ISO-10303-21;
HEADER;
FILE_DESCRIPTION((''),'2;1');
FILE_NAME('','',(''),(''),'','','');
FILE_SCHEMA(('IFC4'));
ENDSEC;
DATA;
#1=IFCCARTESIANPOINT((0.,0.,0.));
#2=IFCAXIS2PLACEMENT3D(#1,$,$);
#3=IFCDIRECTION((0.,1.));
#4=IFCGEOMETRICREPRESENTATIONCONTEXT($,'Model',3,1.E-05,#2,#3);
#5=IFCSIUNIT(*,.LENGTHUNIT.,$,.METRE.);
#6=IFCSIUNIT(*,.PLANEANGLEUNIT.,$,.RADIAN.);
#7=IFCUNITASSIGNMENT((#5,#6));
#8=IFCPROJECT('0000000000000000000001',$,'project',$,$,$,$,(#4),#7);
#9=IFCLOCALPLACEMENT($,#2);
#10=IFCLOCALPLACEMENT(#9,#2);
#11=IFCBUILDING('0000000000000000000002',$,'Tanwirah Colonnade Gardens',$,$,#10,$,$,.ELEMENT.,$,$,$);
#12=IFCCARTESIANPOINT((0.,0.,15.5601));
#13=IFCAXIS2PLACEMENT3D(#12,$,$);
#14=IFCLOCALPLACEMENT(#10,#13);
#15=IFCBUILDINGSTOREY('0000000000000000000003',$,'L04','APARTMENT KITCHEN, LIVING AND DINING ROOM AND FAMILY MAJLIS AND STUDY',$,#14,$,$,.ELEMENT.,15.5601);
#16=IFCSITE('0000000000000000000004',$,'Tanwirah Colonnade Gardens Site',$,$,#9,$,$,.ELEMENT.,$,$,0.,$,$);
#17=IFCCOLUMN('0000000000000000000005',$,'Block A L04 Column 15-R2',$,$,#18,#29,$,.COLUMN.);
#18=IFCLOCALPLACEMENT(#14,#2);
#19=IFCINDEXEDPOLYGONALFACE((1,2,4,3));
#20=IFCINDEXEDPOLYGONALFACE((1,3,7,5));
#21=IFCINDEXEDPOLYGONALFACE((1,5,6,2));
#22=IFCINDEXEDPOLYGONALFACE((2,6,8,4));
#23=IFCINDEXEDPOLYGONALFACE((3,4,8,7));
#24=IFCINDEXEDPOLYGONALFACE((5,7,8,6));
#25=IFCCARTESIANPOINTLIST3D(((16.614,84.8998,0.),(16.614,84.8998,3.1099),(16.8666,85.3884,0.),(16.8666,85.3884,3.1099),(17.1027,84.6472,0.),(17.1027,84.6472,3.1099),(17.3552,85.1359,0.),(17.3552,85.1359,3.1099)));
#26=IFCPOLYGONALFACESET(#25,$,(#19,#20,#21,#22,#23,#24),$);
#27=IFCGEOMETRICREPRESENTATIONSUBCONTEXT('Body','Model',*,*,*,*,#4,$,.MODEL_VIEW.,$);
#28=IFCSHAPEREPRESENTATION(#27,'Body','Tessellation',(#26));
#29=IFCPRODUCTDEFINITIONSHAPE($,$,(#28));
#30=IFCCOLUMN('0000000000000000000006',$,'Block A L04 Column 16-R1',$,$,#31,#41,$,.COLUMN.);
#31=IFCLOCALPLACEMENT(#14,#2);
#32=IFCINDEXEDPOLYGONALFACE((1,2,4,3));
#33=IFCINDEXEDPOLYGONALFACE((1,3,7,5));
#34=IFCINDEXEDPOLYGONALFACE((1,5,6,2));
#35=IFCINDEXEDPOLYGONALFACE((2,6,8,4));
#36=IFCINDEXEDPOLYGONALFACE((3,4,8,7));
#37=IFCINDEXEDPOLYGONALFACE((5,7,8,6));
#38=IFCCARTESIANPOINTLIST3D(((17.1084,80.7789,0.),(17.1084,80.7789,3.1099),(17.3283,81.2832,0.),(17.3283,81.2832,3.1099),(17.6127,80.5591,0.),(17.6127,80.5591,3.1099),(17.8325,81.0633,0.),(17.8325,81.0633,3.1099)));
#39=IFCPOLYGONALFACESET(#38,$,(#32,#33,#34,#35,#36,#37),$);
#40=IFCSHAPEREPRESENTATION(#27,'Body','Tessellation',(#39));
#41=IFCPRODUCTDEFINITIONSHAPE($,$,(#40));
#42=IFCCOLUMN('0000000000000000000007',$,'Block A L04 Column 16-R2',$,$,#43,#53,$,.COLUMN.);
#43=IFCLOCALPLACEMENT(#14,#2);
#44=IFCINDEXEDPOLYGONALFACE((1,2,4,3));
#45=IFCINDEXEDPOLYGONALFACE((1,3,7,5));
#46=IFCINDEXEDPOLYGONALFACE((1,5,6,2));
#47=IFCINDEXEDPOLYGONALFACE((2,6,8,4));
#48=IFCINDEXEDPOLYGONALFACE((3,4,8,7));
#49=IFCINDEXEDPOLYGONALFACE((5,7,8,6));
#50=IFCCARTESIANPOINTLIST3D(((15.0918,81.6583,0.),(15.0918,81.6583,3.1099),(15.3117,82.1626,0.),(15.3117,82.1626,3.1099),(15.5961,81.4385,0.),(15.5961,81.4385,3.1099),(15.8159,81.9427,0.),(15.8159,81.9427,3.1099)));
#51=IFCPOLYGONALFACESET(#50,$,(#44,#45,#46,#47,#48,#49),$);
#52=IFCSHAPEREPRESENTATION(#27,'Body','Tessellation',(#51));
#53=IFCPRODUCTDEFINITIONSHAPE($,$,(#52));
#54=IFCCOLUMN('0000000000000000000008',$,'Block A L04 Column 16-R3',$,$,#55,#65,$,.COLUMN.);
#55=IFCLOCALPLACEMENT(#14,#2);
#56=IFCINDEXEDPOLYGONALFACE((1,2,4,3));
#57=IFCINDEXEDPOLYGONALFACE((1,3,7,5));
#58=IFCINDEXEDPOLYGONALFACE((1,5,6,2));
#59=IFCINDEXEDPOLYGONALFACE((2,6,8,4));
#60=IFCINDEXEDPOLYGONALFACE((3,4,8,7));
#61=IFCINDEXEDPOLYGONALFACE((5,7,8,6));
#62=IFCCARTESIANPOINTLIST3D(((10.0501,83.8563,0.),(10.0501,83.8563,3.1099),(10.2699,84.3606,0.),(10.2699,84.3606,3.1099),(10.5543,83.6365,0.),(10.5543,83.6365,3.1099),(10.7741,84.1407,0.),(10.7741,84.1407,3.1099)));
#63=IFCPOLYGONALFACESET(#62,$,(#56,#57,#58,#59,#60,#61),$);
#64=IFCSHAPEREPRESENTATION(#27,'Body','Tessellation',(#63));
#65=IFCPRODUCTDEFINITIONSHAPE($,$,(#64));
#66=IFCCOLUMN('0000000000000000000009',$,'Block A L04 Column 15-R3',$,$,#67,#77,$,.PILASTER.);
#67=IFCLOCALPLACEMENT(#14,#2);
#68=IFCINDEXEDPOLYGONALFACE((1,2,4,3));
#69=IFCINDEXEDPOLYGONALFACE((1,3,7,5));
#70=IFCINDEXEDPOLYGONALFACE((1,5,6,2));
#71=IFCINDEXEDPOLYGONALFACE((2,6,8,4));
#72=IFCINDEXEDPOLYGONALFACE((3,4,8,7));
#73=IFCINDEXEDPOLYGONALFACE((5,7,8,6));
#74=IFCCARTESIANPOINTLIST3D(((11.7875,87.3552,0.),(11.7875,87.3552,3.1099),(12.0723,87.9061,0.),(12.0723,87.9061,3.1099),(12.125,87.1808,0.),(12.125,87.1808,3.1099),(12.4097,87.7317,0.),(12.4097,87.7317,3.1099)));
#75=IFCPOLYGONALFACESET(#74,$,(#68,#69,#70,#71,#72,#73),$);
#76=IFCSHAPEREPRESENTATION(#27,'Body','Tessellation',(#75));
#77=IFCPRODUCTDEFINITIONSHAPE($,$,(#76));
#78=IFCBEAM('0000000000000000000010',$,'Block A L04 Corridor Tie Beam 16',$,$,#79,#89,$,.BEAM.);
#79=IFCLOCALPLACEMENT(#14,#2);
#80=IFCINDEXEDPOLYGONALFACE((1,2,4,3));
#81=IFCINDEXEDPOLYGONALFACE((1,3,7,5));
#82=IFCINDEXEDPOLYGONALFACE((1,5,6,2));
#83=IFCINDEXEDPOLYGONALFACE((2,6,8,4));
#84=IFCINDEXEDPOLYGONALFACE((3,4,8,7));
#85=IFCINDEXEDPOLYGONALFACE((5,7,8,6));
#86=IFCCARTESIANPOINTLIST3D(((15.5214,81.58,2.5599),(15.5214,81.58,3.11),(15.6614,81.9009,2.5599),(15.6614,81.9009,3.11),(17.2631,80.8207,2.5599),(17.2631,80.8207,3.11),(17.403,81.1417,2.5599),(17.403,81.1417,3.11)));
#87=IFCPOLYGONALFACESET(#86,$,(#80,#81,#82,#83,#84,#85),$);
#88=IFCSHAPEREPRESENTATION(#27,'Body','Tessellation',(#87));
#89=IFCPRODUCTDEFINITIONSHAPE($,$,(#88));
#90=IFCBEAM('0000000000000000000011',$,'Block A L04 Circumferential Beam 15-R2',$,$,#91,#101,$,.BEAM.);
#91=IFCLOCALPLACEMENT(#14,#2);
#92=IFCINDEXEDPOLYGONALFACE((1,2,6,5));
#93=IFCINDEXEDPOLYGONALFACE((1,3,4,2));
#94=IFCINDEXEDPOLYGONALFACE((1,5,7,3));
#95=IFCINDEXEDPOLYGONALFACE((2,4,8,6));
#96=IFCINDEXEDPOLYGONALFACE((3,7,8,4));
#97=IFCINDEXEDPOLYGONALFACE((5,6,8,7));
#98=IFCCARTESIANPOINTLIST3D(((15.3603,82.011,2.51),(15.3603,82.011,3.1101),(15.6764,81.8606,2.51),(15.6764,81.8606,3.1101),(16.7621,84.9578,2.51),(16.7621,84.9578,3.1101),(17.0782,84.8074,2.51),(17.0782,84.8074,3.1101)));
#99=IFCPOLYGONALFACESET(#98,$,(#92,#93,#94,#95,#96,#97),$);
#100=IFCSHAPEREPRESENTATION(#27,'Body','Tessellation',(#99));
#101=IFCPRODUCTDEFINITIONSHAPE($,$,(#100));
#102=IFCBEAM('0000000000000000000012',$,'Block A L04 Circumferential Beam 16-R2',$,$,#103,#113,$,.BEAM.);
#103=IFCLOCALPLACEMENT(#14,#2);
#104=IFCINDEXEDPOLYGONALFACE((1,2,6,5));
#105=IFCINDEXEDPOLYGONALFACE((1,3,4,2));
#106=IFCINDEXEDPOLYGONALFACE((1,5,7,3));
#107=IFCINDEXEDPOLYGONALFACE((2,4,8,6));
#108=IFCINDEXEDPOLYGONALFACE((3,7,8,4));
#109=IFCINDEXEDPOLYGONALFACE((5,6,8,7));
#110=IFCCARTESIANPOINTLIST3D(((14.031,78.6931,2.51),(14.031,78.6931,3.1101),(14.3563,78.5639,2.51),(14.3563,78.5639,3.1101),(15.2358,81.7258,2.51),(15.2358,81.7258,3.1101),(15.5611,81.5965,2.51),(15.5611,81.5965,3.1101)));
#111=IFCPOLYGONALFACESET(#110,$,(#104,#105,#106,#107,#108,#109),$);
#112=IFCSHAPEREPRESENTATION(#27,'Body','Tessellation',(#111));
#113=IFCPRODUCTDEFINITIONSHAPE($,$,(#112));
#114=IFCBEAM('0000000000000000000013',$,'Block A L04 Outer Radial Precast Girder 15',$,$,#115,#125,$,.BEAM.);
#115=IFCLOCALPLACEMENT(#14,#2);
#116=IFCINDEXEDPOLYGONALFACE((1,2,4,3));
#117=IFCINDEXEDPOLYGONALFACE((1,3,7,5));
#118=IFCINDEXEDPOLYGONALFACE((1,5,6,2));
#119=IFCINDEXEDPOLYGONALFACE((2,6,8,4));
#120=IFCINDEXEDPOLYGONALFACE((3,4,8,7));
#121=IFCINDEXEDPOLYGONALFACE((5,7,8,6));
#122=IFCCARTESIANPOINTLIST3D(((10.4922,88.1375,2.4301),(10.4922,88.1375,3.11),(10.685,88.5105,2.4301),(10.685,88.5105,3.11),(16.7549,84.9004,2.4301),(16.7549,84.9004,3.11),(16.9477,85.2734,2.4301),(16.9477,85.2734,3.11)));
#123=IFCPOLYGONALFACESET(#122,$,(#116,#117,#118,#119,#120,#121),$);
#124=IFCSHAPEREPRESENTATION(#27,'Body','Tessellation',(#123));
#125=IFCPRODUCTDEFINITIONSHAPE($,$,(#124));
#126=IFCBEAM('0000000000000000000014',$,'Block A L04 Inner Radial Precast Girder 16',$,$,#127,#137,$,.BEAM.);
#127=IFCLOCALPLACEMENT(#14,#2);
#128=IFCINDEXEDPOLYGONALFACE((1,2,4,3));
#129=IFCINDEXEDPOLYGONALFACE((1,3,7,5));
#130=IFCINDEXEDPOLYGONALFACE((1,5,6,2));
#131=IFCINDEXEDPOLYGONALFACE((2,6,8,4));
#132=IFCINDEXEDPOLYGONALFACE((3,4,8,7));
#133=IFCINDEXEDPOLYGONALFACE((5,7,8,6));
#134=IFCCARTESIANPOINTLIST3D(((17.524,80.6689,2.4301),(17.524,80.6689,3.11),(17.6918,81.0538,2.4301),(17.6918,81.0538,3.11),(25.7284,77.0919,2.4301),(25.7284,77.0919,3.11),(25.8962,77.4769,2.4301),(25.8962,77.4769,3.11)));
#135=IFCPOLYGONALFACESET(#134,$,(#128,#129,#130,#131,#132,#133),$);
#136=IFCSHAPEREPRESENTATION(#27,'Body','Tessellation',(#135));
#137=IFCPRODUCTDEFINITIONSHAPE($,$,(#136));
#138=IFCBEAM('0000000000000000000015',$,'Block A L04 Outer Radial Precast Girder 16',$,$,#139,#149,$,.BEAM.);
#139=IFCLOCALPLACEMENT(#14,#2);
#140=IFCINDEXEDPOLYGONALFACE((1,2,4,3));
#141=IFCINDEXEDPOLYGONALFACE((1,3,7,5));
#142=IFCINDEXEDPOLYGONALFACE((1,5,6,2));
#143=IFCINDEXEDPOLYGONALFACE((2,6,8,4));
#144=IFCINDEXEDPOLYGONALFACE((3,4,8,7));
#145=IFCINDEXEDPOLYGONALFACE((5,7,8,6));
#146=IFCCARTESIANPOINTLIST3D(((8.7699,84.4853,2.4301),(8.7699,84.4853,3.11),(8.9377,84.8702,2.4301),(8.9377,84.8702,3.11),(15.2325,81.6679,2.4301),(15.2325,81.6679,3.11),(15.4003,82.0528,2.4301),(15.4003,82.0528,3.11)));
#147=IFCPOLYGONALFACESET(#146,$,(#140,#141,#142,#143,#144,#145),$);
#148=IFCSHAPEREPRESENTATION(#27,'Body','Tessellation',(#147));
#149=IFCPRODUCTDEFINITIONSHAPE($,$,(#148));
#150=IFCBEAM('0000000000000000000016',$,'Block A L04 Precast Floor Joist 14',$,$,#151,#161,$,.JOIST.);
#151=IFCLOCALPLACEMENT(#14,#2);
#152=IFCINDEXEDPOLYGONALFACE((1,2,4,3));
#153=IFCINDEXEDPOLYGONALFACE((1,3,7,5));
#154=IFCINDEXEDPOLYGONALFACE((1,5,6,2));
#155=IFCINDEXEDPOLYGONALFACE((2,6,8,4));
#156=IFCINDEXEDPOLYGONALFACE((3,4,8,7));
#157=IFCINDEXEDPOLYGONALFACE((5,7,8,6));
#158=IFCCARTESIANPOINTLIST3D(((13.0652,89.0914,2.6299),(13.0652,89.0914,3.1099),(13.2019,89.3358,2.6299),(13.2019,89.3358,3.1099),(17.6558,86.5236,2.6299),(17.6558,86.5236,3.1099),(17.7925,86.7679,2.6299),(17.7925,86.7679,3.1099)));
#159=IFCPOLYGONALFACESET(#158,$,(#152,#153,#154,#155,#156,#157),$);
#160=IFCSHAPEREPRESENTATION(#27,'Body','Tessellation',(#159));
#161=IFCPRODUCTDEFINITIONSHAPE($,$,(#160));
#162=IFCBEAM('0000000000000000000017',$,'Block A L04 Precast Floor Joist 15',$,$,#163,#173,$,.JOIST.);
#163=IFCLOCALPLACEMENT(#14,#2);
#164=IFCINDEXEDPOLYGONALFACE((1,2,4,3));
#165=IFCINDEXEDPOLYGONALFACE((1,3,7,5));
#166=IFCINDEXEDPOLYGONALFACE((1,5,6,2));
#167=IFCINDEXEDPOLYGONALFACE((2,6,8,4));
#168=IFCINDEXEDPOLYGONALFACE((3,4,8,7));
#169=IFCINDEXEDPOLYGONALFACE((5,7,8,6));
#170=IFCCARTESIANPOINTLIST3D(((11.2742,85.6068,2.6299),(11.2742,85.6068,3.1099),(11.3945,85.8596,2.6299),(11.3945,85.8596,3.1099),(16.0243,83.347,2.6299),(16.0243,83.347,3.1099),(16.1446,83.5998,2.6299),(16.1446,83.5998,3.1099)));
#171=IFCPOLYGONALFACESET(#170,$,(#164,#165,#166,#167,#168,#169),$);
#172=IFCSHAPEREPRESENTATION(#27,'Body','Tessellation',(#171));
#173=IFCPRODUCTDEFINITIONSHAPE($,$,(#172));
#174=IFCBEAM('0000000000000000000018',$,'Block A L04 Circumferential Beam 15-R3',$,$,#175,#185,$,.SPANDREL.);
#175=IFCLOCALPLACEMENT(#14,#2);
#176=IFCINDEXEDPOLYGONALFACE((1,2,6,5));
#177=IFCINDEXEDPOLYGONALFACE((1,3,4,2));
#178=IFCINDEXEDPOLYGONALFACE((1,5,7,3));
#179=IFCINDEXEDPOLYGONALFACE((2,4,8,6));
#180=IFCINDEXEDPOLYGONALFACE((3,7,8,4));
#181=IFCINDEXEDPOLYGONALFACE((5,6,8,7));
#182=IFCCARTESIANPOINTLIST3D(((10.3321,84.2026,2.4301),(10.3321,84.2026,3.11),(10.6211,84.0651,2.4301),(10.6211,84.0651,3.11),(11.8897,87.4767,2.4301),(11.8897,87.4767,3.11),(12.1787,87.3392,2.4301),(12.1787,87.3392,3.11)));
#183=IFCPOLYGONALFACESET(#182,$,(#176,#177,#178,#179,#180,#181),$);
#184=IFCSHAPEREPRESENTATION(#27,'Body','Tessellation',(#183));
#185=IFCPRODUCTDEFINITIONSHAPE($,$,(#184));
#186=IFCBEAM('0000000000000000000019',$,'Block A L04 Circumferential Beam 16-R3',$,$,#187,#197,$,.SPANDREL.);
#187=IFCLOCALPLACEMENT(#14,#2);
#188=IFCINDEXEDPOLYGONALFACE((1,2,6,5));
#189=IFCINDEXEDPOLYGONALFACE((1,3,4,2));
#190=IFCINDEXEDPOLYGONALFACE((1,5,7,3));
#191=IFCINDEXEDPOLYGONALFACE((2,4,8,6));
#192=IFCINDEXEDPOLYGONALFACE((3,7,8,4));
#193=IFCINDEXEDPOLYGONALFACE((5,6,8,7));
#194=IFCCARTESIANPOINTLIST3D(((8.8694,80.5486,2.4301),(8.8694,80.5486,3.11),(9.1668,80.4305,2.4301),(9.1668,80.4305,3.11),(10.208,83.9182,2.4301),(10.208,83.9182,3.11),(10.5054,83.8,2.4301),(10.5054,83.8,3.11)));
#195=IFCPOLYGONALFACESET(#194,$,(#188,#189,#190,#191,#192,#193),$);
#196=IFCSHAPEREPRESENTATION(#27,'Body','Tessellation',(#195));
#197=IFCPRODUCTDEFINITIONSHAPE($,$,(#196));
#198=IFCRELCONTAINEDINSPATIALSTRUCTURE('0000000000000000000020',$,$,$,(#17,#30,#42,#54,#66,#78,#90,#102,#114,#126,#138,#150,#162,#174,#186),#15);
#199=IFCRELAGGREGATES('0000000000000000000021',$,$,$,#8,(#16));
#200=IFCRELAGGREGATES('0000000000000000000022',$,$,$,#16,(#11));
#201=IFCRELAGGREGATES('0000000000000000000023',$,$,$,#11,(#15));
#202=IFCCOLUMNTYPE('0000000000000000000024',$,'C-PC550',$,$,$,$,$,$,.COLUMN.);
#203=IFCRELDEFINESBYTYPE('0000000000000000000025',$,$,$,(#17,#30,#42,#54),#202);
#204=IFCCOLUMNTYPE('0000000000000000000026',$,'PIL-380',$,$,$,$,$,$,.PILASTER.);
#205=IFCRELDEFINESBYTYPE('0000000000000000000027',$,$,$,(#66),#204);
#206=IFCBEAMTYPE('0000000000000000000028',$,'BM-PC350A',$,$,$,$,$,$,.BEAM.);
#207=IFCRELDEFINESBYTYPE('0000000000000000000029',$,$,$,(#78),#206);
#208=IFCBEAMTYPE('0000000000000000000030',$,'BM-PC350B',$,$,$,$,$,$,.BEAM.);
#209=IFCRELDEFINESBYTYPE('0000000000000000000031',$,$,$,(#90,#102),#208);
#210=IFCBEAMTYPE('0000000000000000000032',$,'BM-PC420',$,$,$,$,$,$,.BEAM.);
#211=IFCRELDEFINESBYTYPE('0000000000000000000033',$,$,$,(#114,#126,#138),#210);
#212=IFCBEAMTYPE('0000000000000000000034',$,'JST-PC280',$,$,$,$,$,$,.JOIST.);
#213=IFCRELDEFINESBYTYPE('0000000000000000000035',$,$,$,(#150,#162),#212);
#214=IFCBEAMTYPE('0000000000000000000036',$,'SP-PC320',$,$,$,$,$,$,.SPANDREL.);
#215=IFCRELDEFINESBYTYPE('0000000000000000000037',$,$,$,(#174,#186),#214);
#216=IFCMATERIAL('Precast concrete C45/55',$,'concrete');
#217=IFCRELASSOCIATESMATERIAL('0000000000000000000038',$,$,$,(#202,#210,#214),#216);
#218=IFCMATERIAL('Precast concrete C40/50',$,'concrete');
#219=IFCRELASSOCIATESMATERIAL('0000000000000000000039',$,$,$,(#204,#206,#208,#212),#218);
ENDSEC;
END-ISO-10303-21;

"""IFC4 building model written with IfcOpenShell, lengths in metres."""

from ifc_helpers import new_model, si_unit, direction, frame, origin, origin_2d, place, context, subcontext, project, spatial, rectangle, extrude, material, material_profile, profile_set, type_object, element, save


model = new_model("IFC4")

# Units and contexts
model_context = context("Model", 3, precision=1e-05, world=origin(), true_north=direction((0.0, 1.0)))
body_context = subcontext(model_context, "Body", "Model", "MODEL_VIEW")
ifc_project = project(units=[si_unit("LENGTHUNIT", "METRE"), si_unit("PLANEANGLEUNIT", "RADIAN")], contexts=[model_context])

# Site, building, storey
site_placement = place(None, origin())
site = spatial("IfcSite", under=ifc_project, at=site_placement, Name="Tanwirah Colonnade Gardens Site", CompositionType="ELEMENT", RefElevation=0.0)
building_placement = place(site_placement, origin())
building = spatial("IfcBuilding", under=site, at=building_placement, Name="Tanwirah Colonnade Gardens", CompositionType="ELEMENT")
storey_placement = place(building_placement, frame((0.0, 0.0, 15.5601)))
storey = spatial("IfcBuildingStorey", under=building, at=storey_placement, Name="L04", Description="APARTMENT KITCHEN, LIVING AND DINING ROOM AND FAMILY MAJLIS AND STUDY", CompositionType="ELEMENT", Elevation=15.5601)

# Columns
ifc_material_1 = material(Name="Precast concrete C45/55", Category="concrete")
ifc_material_profile_1 = material_profile(ifc_material_1, rectangle(XDim=0.55, YDim=0.55, at=origin_2d()), Name="PC-COL 550x550")
ifc_profile_set_1 = profile_set([ifc_material_profile_1], Name="Precast concrete C45/55")
column_type_1 = type_object("IfcColumnType", Name="C-PC550", PredefinedType="COLUMN", material=ifc_profile_set_1)
for number, where, z_axis, x_axis, name in (
    (1, (16.9846, 85.0178, 0.0), (0.0, 0.0, 1.0), (-0.88835, 0.459166, 0.0), "Block A L04 Column 15-R2"),
    (2, (17.4705, 80.9211, 0.0), (0.0, 0.0, 1.0), (-0.916673, 0.399638, 0.0), "Block A L04 Column 16-R1"),
    (3, (15.4539, 81.8005, 0.0), (0.0, 0.0, 1.0), (-0.916673, 0.399638, 0.0), "Block A L04 Column 16-R2"),
    (4, (10.4121, 83.9985, 0.0), (0.0, 0.0, 1.0), (-0.916673, 0.399638, 0.0), "Block A L04 Column 16-R3"),
):
    element("IfcColumn", number, at=place(storey_placement, frame(where, z_axis=z_axis, x_axis=x_axis)), inside=storey, type_object=column_type_1, Name=name, PredefinedType="COLUMN", context=body_context, shape_type="SweptSolid", body=[
        extrude(rectangle(XDim=0.55, YDim=0.55, at=origin_2d()), origin(), (0.0, 0.0, 1.0), 3.1099),
    ])
ifc_material_2 = material(Name="Precast concrete C40/50", Category="concrete")
ifc_material_profile_2 = material_profile(ifc_material_2, rectangle(XDim=0.3799, YDim=0.6201, at=origin_2d()), Name="PC-PIL 380x620")
ifc_profile_set_2 = profile_set([ifc_material_profile_2], Name="Precast concrete C40/50")
column_type_2 = type_object("IfcColumnType", Name="PIL-380", PredefinedType="PILASTER", material=ifc_profile_set_2)
column_placement = place(storey_placement, frame((12.0986, 87.5435, 0.0), z_axis=(0.0, 0.0, 1.0), x_axis=(-0.88835, 0.459166, 0.0)))
element("IfcColumn", 5, at=column_placement, inside=storey, type_object=column_type_2, Name="Block A L04 Column 15-R3", PredefinedType="PILASTER", context=body_context, shape_type="SweptSolid", body=[
    extrude(rectangle(XDim=0.3799, YDim=0.6201, at=origin_2d()), origin(), (0.0, 0.0, 1.0), 3.1099),
])

# Beams
ifc_material_profile_3 = material_profile(ifc_material_2, rectangle(XDim=0.3501, YDim=0.55, at=origin_2d()), Name="PC-BM 350x550")
ifc_profile_set_3 = profile_set([ifc_material_profile_3], Name="Precast concrete C40/50")
beam_type_1 = type_object("IfcBeamType", Name="BM-PC350A", PredefinedType="BEAM", material=ifc_profile_set_3)
beam_1_placement = place(storey_placement, frame((17.333, 80.9812, 2.835), z_axis=(-0.916681, 0.399619, 0.0), x_axis=(-0.399619, -0.916681, 0.0)))
element("IfcBeam", 6, at=beam_1_placement, inside=storey, type_object=beam_type_1, Name="Block A L04 Corridor Tie Beam 16", PredefinedType="BEAM", context=body_context, shape_type="SweptSolid", body=[
    extrude(rectangle(XDim=0.3501, YDim=0.55, at=origin_2d()), origin(), (0.0, 0.0, 1.0), 1.8999),
])
ifc_material_profile_4 = material_profile(ifc_material_2, rectangle(XDim=0.3501, YDim=0.6001, at=origin_2d()), Name="PC-BM 350x600")
ifc_profile_set_4 = profile_set([ifc_material_profile_4], Name="Precast concrete C40/50")
beam_type_2 = type_object("IfcBeamType", Name="BM-PC350B", PredefinedType="BEAM", material=ifc_profile_set_4)
for number, where, z_axis, x_axis, name in (
    (7, (16.9202, 84.8826, 2.8101), (-0.429591, -0.903024, 0.0), (0.903024, -0.429591, 0.0), "Block A L04 Circumferential Beam 15-R2"),
    (8, (15.3984, 81.6611, 2.8101), (-0.36921, -0.929346, 0.0), (0.929346, -0.36921, 0.0), "Block A L04 Circumferential Beam 16-R2"),
):
    element("IfcBeam", number, at=place(storey_placement, frame(where, z_axis=z_axis, x_axis=x_axis)), inside=storey, type_object=beam_type_2, Name=name, PredefinedType="BEAM", context=body_context, shape_type="SweptSolid", body=[
        extrude(rectangle(XDim=0.3501, YDim=0.6001, at=origin_2d()), origin(), (0.0, 0.0, 1.0), 3.2632),
    ])
ifc_material_profile_5 = material_profile(ifc_material_1, rectangle(XDim=0.4199, YDim=0.6799, at=origin_2d()), Name="PC-BM 420x680")
ifc_profile_set_5 = profile_set([ifc_material_profile_5], Name="Precast concrete C45/55")
beam_type_3 = type_object("IfcBeamType", Name="BM-PC420", PredefinedType="BEAM", material=ifc_profile_set_5)
beam_2_placement = place(storey_placement, frame((16.8513, 85.0869, 2.77), z_axis=(-0.888349, 0.459169, 0.0), x_axis=(-0.459169, -0.888349, 0.0)))
element("IfcBeam", 9, at=beam_2_placement, inside=storey, type_object=beam_type_3, Name="Block A L04 Outer Radial Precast Girder 15", PredefinedType="BEAM", context=body_context, shape_type="SweptSolid", body=[
    extrude(rectangle(XDim=0.4199, YDim=0.6799, at=origin_2d()), origin(), (0.0, 0.0, 1.0), 7.0498),
])
beam_3_placement = place(storey_placement, frame((17.6079, 80.8613, 2.77), z_axis=(0.916669, -0.399647, 0.0), x_axis=(0.399647, 0.916669, 0.0)))
element("IfcBeam", 10, at=beam_3_placement, inside=storey, type_object=beam_type_3, Name="Block A L04 Inner Radial Precast Girder 16", PredefinedType="BEAM", context=body_context, shape_type="SweptSolid", body=[
    extrude(rectangle(XDim=0.4199, YDim=0.6799, at=origin_2d()), origin(), (0.0, 0.0, 1.0), 8.9502),
])
beam_4_placement = place(storey_placement, frame((15.3164, 81.8604, 2.77), z_axis=(-0.916679, 0.399625, 0.0), x_axis=(-0.399625, -0.916679, 0.0)))
element("IfcBeam", 11, at=beam_4_placement, inside=storey, type_object=beam_type_3, Name="Block A L04 Outer Radial Precast Girder 16", PredefinedType="BEAM", context=body_context, shape_type="SweptSolid", body=[
    extrude(rectangle(XDim=0.4199, YDim=0.6799, at=origin_2d()), origin(), (0.0, 0.0, 1.0), 7.05),
])
ifc_material_profile_6 = material_profile(ifc_material_2, rectangle(XDim=0.28, YDim=0.48, at=origin_2d()), Name="PC-JST 280x480")
ifc_profile_set_6 = profile_set([ifc_material_profile_6], Name="Precast concrete C40/50")
beam_type_4 = type_object("IfcBeamType", Name="JST-PC280", PredefinedType="JOIST", material=ifc_profile_set_6)
beam_5_placement = place(storey_placement, frame((17.7241, 86.6458, 2.8699), z_axis=(-0.872737, 0.488191, 0.0), x_axis=(-0.488191, -0.872737, 0.0)))
element("IfcBeam", 12, at=beam_5_placement, inside=storey, type_object=beam_type_4, Name="Block A L04 Precast Floor Joist 14", PredefinedType="JOIST", context=body_context, shape_type="SweptSolid", body=[
    extrude(rectangle(XDim=0.28, YDim=0.48, at=origin_2d()), origin(), (0.0, 0.0, 1.0), 5.26),
])
beam_6_placement = place(storey_placement, frame((16.0845, 83.4734, 2.8699), z_axis=(-0.903018, 0.429602, 0.0), x_axis=(-0.429602, -0.903018, 0.0)))
element("IfcBeam", 13, at=beam_6_placement, inside=storey, type_object=beam_type_4, Name="Block A L04 Precast Floor Joist 15", PredefinedType="JOIST", context=body_context, shape_type="SweptSolid", body=[
    extrude(rectangle(XDim=0.28, YDim=0.48, at=origin_2d()), origin(), (0.0, 0.0, 1.0), 5.2603),
])
ifc_material_profile_7 = material_profile(ifc_material_1, rectangle(XDim=0.3201, YDim=0.6799, at=origin_2d()), Name="PC-SP 320x680")
ifc_profile_set_7 = profile_set([ifc_material_profile_7], Name="Precast concrete C45/55")
beam_type_5 = type_object("IfcBeamType", Name="SP-PC320", PredefinedType="SPANDREL", material=ifc_profile_set_7)
for number, where, z_axis, x_axis, name in (
    (14, (12.0342, 87.408, 2.77), (-0.429594, -0.903022, 0.0), (0.903022, -0.429594, 0.0), "Block A L04 Circumferential Beam 15-R3"),
    (15, (10.3567, 83.8591, 2.77), (-0.369195, -0.929352, 0.0), (0.929352, -0.369195, 0.0), "Block A L04 Circumferential Beam 16-R3"),
):
    element("IfcBeam", number, at=place(storey_placement, frame(where, z_axis=z_axis, x_axis=x_axis)), inside=storey, type_object=beam_type_5, Name=name, PredefinedType="SPANDREL", context=body_context, shape_type="SweptSolid", body=[
        extrude(rectangle(XDim=0.3201, YDim=0.6799, at=origin_2d()), origin(), (0.0, 0.0, 1.0), 3.6257),
    ])

save(model, "model.ifc")
